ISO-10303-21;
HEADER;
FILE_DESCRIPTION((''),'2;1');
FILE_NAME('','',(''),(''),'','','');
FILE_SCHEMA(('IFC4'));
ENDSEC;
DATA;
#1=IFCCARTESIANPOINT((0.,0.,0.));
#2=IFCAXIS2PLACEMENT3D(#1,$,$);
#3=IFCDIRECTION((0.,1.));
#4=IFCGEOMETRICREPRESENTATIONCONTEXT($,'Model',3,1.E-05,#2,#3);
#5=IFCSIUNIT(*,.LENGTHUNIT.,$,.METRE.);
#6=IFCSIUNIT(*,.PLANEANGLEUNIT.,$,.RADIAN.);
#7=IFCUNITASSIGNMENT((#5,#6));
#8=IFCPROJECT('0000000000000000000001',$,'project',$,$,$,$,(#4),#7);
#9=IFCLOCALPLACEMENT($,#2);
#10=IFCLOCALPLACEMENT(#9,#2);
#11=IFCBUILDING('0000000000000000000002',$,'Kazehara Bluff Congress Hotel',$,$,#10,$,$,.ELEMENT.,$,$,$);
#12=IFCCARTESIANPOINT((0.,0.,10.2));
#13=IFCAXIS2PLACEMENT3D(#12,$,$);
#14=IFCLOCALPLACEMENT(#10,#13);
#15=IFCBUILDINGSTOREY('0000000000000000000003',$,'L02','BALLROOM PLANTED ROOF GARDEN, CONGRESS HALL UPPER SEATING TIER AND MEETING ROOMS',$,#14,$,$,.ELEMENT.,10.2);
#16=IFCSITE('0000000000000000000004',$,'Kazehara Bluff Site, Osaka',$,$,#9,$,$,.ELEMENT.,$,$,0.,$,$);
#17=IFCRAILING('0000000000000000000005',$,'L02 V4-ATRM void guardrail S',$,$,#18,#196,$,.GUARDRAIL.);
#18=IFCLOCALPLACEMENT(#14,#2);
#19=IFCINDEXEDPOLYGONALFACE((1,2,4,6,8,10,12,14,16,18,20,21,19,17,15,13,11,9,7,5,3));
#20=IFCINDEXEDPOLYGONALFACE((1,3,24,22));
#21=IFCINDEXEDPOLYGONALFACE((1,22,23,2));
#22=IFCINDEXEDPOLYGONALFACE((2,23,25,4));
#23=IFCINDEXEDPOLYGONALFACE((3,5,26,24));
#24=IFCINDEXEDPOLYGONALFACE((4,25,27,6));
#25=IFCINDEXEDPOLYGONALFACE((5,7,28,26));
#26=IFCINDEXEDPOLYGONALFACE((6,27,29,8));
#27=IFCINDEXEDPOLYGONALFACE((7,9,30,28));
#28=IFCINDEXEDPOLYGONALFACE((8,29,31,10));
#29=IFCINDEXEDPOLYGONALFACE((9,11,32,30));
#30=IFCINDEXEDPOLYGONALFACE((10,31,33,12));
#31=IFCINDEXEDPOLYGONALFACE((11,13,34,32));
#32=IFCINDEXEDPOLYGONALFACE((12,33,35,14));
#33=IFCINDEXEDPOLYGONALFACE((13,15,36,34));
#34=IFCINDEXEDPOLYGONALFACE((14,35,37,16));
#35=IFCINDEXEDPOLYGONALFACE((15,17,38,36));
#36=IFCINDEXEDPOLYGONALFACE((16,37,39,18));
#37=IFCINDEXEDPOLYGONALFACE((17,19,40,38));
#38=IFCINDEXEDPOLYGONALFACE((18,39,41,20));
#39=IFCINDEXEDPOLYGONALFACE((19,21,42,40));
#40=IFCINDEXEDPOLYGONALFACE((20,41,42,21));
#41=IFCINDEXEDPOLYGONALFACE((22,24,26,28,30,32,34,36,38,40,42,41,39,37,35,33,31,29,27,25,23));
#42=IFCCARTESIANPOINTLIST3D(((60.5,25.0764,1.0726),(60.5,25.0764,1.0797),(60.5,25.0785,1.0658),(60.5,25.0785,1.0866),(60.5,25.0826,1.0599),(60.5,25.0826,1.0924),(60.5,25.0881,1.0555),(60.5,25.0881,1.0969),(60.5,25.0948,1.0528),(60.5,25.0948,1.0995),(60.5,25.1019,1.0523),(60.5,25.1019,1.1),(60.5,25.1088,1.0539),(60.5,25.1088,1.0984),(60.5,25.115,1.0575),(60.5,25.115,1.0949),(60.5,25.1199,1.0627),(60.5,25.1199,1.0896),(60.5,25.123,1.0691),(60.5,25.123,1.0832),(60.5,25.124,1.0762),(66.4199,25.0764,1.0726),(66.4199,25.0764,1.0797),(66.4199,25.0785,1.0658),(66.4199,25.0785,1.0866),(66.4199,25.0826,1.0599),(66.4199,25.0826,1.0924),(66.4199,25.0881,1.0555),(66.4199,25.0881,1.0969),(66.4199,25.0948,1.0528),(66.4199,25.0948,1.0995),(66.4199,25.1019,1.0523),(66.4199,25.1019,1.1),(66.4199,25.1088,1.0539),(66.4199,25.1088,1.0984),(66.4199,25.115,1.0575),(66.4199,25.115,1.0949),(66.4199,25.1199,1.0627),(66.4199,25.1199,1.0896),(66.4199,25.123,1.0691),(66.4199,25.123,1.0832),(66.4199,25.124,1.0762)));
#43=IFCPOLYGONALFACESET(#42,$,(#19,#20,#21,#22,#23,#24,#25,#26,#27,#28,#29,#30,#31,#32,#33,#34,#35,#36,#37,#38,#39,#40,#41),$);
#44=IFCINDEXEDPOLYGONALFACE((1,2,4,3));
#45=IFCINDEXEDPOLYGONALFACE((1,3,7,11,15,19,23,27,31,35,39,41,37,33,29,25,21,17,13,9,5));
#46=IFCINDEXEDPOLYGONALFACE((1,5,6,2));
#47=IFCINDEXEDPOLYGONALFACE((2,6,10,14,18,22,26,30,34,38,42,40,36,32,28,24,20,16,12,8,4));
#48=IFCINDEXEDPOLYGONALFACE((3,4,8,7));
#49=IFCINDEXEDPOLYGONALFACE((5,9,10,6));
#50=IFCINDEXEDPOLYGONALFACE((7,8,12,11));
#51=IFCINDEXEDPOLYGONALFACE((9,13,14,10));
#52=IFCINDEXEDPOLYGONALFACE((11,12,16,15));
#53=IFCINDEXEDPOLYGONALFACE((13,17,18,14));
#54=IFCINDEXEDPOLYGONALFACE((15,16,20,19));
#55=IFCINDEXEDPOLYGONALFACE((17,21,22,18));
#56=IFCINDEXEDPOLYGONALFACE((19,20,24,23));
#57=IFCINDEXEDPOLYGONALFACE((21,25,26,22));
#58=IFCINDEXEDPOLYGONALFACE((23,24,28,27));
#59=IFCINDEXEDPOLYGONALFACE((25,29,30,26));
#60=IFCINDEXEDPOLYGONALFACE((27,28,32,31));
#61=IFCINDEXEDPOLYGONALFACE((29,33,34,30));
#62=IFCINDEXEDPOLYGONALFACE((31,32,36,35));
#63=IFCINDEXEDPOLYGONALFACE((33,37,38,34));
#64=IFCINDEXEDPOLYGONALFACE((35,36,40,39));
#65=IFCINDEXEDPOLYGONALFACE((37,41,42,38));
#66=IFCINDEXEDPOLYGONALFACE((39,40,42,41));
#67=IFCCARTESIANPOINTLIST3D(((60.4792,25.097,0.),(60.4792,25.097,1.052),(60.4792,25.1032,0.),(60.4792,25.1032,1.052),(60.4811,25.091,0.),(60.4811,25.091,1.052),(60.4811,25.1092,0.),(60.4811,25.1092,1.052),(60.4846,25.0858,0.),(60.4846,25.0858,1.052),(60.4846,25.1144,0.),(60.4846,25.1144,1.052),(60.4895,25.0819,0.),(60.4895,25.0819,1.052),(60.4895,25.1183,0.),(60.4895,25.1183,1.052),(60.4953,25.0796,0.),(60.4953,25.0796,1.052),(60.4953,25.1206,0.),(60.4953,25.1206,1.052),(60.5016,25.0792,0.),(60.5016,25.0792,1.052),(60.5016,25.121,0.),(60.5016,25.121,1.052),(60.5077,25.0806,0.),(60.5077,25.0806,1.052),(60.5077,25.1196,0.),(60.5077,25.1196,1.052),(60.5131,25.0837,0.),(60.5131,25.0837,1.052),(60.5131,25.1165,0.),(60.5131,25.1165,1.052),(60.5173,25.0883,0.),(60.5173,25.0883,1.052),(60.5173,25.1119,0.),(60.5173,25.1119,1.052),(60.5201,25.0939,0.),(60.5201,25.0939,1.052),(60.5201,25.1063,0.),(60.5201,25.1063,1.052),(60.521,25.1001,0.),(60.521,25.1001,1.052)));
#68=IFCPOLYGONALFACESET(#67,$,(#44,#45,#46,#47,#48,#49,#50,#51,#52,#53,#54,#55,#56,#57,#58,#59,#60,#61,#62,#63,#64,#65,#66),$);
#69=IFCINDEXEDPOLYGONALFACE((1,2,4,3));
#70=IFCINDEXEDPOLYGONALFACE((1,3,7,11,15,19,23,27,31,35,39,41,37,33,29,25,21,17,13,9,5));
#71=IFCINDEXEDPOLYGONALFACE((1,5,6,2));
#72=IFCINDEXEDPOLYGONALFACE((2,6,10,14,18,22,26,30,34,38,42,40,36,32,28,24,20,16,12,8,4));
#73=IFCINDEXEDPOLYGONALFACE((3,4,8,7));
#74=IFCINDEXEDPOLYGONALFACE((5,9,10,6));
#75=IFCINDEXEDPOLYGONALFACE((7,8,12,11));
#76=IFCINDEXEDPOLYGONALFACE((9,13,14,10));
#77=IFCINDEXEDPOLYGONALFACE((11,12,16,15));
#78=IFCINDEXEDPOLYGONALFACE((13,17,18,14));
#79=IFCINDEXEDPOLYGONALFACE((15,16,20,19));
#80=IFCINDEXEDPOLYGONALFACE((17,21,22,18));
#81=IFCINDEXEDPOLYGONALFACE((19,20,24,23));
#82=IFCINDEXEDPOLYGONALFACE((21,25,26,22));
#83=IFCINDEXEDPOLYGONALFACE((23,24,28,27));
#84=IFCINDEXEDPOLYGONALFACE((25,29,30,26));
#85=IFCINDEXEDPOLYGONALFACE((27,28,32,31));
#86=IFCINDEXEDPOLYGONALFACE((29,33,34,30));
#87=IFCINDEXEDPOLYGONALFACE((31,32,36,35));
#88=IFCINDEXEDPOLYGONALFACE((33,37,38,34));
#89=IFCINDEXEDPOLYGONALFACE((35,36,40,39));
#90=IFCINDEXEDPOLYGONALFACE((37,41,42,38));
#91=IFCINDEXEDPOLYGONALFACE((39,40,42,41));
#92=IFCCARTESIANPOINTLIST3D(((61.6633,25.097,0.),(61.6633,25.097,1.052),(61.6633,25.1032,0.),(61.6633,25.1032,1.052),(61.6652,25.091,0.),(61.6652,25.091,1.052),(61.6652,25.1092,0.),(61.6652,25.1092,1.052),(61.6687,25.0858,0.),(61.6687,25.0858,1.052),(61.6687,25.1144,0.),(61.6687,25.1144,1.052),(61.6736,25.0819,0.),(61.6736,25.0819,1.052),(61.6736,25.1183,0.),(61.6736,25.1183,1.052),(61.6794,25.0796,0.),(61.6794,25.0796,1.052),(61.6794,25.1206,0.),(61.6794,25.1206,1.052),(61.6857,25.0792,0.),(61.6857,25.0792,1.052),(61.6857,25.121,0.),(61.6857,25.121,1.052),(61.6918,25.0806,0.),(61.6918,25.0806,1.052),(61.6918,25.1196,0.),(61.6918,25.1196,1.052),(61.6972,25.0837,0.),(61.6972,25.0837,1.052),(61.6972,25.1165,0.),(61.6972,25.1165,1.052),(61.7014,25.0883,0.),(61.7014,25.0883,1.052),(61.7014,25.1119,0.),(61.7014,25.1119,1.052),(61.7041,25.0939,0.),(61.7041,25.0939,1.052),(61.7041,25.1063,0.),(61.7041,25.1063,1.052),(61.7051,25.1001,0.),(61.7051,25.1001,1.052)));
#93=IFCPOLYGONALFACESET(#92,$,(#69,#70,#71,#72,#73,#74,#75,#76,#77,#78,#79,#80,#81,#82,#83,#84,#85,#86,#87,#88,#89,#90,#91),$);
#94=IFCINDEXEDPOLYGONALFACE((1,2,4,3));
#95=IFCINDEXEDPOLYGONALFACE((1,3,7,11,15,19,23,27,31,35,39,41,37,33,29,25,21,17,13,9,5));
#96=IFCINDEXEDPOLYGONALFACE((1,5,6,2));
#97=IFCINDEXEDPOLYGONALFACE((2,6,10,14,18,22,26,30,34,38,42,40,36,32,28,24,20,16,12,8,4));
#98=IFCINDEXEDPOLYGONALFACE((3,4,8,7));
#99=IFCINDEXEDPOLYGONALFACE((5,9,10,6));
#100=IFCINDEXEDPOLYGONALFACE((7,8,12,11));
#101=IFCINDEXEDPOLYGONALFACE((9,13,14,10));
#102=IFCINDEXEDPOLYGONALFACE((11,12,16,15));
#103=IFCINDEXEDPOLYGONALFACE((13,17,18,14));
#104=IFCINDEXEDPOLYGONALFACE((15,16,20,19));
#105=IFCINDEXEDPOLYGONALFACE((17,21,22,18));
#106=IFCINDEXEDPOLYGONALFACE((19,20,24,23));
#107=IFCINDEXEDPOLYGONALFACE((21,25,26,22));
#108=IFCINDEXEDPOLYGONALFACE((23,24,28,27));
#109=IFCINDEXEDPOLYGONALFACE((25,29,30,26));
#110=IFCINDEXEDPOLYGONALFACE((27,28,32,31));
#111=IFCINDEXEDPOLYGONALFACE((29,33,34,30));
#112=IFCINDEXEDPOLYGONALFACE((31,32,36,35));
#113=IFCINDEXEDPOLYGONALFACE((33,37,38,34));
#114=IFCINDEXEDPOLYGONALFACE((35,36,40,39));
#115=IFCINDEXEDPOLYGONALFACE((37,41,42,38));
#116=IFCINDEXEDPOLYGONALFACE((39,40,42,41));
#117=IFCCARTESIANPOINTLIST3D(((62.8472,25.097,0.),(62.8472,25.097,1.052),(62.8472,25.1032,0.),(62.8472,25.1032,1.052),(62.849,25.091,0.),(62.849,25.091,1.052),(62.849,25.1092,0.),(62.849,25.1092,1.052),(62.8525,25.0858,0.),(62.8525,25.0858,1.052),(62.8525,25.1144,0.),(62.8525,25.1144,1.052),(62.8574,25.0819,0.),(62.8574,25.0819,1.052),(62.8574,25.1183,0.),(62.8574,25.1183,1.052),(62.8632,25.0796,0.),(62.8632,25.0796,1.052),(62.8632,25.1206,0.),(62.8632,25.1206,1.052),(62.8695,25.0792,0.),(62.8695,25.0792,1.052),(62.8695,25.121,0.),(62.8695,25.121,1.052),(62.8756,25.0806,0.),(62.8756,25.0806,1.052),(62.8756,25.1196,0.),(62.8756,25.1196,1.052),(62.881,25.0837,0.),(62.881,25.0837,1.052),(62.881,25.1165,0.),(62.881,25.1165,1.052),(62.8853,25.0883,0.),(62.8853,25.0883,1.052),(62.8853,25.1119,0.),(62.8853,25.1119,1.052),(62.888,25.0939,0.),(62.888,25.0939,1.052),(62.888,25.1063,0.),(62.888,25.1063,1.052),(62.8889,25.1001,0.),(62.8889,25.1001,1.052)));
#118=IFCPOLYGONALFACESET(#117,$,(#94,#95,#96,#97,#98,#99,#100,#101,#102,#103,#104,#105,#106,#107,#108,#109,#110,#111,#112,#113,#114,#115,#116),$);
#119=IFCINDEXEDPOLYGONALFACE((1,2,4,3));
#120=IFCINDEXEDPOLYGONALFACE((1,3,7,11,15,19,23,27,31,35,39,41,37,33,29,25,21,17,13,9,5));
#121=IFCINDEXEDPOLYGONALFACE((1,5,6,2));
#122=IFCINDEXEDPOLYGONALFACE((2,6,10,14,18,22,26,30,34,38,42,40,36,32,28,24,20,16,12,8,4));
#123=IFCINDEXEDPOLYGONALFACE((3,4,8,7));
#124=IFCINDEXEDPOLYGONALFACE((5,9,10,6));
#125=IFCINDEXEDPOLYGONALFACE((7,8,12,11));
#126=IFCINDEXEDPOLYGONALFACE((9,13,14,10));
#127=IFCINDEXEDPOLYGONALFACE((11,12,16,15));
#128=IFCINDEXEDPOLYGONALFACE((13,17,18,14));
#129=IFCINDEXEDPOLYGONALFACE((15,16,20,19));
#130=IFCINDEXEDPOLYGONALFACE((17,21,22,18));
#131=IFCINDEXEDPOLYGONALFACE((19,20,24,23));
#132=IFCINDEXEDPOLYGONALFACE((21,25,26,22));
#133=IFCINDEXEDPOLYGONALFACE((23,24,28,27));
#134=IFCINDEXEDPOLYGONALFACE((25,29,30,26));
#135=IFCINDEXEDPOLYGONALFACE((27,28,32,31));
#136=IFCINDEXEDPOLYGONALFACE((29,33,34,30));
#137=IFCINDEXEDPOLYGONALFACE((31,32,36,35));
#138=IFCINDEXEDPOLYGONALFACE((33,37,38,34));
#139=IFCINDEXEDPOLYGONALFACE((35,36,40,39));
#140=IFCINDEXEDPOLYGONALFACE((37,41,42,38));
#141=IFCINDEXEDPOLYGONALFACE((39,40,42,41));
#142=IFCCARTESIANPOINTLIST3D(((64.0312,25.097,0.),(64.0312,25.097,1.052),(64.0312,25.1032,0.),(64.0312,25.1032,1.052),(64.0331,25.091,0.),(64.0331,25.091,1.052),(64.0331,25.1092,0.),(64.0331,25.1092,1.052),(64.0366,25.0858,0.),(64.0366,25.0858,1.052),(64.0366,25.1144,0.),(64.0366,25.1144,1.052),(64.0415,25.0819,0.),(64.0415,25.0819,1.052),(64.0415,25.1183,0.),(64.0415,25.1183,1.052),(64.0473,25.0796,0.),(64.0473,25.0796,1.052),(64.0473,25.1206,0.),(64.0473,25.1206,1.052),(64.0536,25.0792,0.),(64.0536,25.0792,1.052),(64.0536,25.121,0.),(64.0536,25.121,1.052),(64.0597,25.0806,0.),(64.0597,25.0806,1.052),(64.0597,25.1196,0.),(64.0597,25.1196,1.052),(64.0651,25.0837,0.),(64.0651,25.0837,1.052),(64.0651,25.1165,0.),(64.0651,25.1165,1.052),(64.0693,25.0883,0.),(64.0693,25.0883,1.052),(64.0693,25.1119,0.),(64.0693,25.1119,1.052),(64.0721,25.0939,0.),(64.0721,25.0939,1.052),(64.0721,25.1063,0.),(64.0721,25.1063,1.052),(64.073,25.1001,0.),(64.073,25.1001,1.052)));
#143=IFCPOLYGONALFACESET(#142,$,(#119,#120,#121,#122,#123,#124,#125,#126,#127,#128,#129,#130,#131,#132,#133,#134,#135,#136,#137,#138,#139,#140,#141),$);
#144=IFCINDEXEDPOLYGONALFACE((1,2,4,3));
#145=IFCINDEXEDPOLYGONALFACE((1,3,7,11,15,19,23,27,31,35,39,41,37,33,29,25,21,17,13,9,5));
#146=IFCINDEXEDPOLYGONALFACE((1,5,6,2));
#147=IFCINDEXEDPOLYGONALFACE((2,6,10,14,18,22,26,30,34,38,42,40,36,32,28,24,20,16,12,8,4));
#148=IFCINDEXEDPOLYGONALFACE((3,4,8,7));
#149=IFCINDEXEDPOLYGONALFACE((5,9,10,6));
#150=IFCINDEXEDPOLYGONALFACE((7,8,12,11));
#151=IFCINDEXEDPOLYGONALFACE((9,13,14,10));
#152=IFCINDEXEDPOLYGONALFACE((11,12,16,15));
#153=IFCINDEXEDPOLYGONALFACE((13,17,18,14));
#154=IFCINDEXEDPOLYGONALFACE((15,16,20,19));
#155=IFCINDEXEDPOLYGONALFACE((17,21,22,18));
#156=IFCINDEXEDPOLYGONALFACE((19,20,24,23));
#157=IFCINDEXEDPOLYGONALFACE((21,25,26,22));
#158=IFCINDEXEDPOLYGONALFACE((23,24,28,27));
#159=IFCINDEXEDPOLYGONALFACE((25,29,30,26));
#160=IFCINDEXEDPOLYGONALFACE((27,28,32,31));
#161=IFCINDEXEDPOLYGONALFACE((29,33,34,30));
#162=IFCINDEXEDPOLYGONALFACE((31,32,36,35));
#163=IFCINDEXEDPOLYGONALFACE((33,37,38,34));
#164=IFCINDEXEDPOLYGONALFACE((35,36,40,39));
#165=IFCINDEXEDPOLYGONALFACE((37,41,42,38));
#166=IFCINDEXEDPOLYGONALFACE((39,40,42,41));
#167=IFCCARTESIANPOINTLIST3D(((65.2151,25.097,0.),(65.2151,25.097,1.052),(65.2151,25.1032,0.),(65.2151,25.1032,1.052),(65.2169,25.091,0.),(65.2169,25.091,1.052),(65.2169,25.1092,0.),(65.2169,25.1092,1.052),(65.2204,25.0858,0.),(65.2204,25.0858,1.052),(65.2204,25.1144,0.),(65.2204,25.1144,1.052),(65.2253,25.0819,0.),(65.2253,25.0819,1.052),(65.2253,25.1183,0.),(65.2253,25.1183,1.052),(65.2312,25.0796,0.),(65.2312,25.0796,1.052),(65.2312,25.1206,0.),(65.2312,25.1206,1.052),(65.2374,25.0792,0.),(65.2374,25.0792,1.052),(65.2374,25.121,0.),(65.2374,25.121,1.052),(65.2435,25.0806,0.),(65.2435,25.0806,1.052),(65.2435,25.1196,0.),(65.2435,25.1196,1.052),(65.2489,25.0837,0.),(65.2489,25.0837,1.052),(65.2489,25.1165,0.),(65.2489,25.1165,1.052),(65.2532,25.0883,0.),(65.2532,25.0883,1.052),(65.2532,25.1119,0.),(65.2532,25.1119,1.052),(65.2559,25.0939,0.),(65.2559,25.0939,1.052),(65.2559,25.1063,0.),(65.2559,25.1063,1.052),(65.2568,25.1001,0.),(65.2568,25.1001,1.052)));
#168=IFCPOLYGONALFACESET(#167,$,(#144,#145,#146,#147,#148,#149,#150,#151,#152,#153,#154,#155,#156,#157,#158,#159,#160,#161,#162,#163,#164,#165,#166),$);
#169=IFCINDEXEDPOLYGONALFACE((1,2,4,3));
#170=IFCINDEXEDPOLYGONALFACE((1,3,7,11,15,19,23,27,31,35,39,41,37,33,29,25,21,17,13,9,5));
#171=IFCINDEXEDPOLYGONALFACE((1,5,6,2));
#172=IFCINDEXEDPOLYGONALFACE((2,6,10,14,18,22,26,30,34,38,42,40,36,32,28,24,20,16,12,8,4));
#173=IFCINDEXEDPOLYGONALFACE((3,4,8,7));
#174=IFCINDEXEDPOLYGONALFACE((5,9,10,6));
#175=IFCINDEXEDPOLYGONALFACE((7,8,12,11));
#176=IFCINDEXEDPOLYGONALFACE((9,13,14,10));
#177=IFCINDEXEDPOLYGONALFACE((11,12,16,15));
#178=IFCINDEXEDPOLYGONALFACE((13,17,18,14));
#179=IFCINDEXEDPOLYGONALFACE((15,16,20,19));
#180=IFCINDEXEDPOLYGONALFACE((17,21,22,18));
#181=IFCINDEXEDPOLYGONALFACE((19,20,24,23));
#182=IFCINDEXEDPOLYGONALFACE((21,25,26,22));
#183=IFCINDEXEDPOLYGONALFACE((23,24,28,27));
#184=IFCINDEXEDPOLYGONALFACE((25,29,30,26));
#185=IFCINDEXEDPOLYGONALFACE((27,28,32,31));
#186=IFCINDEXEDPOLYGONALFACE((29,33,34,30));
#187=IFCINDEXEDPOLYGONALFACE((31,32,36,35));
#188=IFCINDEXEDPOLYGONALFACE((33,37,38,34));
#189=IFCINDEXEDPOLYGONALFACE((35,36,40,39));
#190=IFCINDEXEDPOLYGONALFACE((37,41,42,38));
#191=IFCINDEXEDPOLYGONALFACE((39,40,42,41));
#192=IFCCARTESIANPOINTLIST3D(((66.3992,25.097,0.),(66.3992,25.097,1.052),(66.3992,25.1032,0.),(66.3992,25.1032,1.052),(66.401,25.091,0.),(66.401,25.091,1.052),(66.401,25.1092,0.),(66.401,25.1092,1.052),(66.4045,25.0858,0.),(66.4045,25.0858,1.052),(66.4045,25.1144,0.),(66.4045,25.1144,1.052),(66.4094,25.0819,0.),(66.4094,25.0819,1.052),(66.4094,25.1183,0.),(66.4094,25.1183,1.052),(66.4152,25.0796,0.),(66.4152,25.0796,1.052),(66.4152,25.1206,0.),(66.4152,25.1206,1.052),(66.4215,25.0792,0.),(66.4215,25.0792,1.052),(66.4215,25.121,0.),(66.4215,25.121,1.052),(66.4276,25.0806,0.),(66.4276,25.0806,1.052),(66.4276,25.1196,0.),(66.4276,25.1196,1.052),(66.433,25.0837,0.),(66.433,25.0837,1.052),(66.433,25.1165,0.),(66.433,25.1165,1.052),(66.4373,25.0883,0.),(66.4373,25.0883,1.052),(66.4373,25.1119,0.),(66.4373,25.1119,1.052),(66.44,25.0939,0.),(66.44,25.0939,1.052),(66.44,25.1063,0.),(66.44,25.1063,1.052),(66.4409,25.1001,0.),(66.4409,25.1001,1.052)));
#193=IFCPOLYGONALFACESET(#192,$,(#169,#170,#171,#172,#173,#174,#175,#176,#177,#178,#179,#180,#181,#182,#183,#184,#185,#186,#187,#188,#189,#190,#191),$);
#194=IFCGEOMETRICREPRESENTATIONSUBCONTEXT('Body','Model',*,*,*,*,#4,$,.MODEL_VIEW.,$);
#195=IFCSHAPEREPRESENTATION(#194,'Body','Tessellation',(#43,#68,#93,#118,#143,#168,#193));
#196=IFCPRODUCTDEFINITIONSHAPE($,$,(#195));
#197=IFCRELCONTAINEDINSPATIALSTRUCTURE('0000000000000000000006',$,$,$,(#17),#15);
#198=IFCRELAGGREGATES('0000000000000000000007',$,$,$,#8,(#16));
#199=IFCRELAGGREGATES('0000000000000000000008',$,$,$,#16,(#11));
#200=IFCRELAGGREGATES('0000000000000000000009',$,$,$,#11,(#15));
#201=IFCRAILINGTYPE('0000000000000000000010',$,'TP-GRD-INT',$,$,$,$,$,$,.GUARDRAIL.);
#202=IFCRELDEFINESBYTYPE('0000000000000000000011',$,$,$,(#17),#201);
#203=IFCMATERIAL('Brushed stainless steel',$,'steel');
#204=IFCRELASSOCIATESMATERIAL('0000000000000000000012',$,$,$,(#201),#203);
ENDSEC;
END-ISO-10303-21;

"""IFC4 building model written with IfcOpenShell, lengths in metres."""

from ifc_helpers import new_model, si_unit, direction, frame, origin, origin_2d, place, context, subcontext, project, spatial, circle, extrude, material, type_object, element, save


model = new_model("IFC4")

# Units and contexts
model_context = context("Model", 3, precision=1e-05, world=origin(), true_north=direction((0.0, 1.0)))
body_context = subcontext(model_context, "Body", "Model", "MODEL_VIEW")
ifc_project = project(units=[si_unit("LENGTHUNIT", "METRE"), si_unit("PLANEANGLEUNIT", "RADIAN")], contexts=[model_context])

# Site, building, storey
site_placement = place(None, origin())
site = spatial("IfcSite", under=ifc_project, at=site_placement, Name="Kazehara Bluff Site, Osaka", CompositionType="ELEMENT", RefElevation=0.0)
building_placement = place(site_placement, origin())
building = spatial("IfcBuilding", under=site, at=building_placement, Name="Kazehara Bluff Congress Hotel", CompositionType="ELEMENT")
storey_placement = place(building_placement, frame((0.0, 0.0, 10.2)))
storey = spatial("IfcBuildingStorey", under=building, at=storey_placement, Name="L02", Description="BALLROOM PLANTED ROOF GARDEN, CONGRESS HALL UPPER SEATING TIER AND MEETING ROOMS", CompositionType="ELEMENT", Elevation=10.2)

# Railing
ifc_material_1 = material(Name="Brushed stainless steel", Category="steel")
railing_type = type_object("IfcRailingType", Name="TP-GRD-INT", PredefinedType="GUARDRAIL", material=ifc_material_1)
railing_1_placement = place(storey_placement, frame((60.5, 25.1001, 0.0)))
element("IfcRailing", 1, at=railing_1_placement, inside=storey, type_object=railing_type, Name="L02 V4-ATRM void guardrail S", PredefinedType="GUARDRAIL", context=body_context, shape_type="SweptSolid", body=[
    extrude(circle(Radius=0.0239, at=origin_2d()), frame((0.0, 0.0, 1.0762), z_axis=(1.0, 0.0, 0.0), x_axis=(0.0, 1.0, 0.0)), (0.0, 0.0, 1.0), 5.9199),
    extrude(circle(Radius=0.021, at=origin_2d()), origin(), (0.0, 0.0, 1.0), 1.052),
    extrude(circle(Radius=0.021, at=origin_2d()), frame((1.1841, 0.0, 0.0)), (0.0, 0.0, 1.0), 1.052),
    extrude(circle(Radius=0.021, at=origin_2d()), frame((2.3679, 0.0, 0.0)), (0.0, 0.0, 1.0), 1.052),
    extrude(circle(Radius=0.021, at=origin_2d()), frame((3.552, 0.0, 0.0)), (0.0, 0.0, 1.0), 1.052),
    extrude(circle(Radius=0.021, at=origin_2d()), frame((4.7358, 0.0, 0.0)), (0.0, 0.0, 1.0), 1.052),
    extrude(circle(Radius=0.021, at=origin_2d()), frame((5.9199, 0.0, 0.0)), (0.0, 0.0, 1.0), 1.052),
])

save(model, "model.ifc")
